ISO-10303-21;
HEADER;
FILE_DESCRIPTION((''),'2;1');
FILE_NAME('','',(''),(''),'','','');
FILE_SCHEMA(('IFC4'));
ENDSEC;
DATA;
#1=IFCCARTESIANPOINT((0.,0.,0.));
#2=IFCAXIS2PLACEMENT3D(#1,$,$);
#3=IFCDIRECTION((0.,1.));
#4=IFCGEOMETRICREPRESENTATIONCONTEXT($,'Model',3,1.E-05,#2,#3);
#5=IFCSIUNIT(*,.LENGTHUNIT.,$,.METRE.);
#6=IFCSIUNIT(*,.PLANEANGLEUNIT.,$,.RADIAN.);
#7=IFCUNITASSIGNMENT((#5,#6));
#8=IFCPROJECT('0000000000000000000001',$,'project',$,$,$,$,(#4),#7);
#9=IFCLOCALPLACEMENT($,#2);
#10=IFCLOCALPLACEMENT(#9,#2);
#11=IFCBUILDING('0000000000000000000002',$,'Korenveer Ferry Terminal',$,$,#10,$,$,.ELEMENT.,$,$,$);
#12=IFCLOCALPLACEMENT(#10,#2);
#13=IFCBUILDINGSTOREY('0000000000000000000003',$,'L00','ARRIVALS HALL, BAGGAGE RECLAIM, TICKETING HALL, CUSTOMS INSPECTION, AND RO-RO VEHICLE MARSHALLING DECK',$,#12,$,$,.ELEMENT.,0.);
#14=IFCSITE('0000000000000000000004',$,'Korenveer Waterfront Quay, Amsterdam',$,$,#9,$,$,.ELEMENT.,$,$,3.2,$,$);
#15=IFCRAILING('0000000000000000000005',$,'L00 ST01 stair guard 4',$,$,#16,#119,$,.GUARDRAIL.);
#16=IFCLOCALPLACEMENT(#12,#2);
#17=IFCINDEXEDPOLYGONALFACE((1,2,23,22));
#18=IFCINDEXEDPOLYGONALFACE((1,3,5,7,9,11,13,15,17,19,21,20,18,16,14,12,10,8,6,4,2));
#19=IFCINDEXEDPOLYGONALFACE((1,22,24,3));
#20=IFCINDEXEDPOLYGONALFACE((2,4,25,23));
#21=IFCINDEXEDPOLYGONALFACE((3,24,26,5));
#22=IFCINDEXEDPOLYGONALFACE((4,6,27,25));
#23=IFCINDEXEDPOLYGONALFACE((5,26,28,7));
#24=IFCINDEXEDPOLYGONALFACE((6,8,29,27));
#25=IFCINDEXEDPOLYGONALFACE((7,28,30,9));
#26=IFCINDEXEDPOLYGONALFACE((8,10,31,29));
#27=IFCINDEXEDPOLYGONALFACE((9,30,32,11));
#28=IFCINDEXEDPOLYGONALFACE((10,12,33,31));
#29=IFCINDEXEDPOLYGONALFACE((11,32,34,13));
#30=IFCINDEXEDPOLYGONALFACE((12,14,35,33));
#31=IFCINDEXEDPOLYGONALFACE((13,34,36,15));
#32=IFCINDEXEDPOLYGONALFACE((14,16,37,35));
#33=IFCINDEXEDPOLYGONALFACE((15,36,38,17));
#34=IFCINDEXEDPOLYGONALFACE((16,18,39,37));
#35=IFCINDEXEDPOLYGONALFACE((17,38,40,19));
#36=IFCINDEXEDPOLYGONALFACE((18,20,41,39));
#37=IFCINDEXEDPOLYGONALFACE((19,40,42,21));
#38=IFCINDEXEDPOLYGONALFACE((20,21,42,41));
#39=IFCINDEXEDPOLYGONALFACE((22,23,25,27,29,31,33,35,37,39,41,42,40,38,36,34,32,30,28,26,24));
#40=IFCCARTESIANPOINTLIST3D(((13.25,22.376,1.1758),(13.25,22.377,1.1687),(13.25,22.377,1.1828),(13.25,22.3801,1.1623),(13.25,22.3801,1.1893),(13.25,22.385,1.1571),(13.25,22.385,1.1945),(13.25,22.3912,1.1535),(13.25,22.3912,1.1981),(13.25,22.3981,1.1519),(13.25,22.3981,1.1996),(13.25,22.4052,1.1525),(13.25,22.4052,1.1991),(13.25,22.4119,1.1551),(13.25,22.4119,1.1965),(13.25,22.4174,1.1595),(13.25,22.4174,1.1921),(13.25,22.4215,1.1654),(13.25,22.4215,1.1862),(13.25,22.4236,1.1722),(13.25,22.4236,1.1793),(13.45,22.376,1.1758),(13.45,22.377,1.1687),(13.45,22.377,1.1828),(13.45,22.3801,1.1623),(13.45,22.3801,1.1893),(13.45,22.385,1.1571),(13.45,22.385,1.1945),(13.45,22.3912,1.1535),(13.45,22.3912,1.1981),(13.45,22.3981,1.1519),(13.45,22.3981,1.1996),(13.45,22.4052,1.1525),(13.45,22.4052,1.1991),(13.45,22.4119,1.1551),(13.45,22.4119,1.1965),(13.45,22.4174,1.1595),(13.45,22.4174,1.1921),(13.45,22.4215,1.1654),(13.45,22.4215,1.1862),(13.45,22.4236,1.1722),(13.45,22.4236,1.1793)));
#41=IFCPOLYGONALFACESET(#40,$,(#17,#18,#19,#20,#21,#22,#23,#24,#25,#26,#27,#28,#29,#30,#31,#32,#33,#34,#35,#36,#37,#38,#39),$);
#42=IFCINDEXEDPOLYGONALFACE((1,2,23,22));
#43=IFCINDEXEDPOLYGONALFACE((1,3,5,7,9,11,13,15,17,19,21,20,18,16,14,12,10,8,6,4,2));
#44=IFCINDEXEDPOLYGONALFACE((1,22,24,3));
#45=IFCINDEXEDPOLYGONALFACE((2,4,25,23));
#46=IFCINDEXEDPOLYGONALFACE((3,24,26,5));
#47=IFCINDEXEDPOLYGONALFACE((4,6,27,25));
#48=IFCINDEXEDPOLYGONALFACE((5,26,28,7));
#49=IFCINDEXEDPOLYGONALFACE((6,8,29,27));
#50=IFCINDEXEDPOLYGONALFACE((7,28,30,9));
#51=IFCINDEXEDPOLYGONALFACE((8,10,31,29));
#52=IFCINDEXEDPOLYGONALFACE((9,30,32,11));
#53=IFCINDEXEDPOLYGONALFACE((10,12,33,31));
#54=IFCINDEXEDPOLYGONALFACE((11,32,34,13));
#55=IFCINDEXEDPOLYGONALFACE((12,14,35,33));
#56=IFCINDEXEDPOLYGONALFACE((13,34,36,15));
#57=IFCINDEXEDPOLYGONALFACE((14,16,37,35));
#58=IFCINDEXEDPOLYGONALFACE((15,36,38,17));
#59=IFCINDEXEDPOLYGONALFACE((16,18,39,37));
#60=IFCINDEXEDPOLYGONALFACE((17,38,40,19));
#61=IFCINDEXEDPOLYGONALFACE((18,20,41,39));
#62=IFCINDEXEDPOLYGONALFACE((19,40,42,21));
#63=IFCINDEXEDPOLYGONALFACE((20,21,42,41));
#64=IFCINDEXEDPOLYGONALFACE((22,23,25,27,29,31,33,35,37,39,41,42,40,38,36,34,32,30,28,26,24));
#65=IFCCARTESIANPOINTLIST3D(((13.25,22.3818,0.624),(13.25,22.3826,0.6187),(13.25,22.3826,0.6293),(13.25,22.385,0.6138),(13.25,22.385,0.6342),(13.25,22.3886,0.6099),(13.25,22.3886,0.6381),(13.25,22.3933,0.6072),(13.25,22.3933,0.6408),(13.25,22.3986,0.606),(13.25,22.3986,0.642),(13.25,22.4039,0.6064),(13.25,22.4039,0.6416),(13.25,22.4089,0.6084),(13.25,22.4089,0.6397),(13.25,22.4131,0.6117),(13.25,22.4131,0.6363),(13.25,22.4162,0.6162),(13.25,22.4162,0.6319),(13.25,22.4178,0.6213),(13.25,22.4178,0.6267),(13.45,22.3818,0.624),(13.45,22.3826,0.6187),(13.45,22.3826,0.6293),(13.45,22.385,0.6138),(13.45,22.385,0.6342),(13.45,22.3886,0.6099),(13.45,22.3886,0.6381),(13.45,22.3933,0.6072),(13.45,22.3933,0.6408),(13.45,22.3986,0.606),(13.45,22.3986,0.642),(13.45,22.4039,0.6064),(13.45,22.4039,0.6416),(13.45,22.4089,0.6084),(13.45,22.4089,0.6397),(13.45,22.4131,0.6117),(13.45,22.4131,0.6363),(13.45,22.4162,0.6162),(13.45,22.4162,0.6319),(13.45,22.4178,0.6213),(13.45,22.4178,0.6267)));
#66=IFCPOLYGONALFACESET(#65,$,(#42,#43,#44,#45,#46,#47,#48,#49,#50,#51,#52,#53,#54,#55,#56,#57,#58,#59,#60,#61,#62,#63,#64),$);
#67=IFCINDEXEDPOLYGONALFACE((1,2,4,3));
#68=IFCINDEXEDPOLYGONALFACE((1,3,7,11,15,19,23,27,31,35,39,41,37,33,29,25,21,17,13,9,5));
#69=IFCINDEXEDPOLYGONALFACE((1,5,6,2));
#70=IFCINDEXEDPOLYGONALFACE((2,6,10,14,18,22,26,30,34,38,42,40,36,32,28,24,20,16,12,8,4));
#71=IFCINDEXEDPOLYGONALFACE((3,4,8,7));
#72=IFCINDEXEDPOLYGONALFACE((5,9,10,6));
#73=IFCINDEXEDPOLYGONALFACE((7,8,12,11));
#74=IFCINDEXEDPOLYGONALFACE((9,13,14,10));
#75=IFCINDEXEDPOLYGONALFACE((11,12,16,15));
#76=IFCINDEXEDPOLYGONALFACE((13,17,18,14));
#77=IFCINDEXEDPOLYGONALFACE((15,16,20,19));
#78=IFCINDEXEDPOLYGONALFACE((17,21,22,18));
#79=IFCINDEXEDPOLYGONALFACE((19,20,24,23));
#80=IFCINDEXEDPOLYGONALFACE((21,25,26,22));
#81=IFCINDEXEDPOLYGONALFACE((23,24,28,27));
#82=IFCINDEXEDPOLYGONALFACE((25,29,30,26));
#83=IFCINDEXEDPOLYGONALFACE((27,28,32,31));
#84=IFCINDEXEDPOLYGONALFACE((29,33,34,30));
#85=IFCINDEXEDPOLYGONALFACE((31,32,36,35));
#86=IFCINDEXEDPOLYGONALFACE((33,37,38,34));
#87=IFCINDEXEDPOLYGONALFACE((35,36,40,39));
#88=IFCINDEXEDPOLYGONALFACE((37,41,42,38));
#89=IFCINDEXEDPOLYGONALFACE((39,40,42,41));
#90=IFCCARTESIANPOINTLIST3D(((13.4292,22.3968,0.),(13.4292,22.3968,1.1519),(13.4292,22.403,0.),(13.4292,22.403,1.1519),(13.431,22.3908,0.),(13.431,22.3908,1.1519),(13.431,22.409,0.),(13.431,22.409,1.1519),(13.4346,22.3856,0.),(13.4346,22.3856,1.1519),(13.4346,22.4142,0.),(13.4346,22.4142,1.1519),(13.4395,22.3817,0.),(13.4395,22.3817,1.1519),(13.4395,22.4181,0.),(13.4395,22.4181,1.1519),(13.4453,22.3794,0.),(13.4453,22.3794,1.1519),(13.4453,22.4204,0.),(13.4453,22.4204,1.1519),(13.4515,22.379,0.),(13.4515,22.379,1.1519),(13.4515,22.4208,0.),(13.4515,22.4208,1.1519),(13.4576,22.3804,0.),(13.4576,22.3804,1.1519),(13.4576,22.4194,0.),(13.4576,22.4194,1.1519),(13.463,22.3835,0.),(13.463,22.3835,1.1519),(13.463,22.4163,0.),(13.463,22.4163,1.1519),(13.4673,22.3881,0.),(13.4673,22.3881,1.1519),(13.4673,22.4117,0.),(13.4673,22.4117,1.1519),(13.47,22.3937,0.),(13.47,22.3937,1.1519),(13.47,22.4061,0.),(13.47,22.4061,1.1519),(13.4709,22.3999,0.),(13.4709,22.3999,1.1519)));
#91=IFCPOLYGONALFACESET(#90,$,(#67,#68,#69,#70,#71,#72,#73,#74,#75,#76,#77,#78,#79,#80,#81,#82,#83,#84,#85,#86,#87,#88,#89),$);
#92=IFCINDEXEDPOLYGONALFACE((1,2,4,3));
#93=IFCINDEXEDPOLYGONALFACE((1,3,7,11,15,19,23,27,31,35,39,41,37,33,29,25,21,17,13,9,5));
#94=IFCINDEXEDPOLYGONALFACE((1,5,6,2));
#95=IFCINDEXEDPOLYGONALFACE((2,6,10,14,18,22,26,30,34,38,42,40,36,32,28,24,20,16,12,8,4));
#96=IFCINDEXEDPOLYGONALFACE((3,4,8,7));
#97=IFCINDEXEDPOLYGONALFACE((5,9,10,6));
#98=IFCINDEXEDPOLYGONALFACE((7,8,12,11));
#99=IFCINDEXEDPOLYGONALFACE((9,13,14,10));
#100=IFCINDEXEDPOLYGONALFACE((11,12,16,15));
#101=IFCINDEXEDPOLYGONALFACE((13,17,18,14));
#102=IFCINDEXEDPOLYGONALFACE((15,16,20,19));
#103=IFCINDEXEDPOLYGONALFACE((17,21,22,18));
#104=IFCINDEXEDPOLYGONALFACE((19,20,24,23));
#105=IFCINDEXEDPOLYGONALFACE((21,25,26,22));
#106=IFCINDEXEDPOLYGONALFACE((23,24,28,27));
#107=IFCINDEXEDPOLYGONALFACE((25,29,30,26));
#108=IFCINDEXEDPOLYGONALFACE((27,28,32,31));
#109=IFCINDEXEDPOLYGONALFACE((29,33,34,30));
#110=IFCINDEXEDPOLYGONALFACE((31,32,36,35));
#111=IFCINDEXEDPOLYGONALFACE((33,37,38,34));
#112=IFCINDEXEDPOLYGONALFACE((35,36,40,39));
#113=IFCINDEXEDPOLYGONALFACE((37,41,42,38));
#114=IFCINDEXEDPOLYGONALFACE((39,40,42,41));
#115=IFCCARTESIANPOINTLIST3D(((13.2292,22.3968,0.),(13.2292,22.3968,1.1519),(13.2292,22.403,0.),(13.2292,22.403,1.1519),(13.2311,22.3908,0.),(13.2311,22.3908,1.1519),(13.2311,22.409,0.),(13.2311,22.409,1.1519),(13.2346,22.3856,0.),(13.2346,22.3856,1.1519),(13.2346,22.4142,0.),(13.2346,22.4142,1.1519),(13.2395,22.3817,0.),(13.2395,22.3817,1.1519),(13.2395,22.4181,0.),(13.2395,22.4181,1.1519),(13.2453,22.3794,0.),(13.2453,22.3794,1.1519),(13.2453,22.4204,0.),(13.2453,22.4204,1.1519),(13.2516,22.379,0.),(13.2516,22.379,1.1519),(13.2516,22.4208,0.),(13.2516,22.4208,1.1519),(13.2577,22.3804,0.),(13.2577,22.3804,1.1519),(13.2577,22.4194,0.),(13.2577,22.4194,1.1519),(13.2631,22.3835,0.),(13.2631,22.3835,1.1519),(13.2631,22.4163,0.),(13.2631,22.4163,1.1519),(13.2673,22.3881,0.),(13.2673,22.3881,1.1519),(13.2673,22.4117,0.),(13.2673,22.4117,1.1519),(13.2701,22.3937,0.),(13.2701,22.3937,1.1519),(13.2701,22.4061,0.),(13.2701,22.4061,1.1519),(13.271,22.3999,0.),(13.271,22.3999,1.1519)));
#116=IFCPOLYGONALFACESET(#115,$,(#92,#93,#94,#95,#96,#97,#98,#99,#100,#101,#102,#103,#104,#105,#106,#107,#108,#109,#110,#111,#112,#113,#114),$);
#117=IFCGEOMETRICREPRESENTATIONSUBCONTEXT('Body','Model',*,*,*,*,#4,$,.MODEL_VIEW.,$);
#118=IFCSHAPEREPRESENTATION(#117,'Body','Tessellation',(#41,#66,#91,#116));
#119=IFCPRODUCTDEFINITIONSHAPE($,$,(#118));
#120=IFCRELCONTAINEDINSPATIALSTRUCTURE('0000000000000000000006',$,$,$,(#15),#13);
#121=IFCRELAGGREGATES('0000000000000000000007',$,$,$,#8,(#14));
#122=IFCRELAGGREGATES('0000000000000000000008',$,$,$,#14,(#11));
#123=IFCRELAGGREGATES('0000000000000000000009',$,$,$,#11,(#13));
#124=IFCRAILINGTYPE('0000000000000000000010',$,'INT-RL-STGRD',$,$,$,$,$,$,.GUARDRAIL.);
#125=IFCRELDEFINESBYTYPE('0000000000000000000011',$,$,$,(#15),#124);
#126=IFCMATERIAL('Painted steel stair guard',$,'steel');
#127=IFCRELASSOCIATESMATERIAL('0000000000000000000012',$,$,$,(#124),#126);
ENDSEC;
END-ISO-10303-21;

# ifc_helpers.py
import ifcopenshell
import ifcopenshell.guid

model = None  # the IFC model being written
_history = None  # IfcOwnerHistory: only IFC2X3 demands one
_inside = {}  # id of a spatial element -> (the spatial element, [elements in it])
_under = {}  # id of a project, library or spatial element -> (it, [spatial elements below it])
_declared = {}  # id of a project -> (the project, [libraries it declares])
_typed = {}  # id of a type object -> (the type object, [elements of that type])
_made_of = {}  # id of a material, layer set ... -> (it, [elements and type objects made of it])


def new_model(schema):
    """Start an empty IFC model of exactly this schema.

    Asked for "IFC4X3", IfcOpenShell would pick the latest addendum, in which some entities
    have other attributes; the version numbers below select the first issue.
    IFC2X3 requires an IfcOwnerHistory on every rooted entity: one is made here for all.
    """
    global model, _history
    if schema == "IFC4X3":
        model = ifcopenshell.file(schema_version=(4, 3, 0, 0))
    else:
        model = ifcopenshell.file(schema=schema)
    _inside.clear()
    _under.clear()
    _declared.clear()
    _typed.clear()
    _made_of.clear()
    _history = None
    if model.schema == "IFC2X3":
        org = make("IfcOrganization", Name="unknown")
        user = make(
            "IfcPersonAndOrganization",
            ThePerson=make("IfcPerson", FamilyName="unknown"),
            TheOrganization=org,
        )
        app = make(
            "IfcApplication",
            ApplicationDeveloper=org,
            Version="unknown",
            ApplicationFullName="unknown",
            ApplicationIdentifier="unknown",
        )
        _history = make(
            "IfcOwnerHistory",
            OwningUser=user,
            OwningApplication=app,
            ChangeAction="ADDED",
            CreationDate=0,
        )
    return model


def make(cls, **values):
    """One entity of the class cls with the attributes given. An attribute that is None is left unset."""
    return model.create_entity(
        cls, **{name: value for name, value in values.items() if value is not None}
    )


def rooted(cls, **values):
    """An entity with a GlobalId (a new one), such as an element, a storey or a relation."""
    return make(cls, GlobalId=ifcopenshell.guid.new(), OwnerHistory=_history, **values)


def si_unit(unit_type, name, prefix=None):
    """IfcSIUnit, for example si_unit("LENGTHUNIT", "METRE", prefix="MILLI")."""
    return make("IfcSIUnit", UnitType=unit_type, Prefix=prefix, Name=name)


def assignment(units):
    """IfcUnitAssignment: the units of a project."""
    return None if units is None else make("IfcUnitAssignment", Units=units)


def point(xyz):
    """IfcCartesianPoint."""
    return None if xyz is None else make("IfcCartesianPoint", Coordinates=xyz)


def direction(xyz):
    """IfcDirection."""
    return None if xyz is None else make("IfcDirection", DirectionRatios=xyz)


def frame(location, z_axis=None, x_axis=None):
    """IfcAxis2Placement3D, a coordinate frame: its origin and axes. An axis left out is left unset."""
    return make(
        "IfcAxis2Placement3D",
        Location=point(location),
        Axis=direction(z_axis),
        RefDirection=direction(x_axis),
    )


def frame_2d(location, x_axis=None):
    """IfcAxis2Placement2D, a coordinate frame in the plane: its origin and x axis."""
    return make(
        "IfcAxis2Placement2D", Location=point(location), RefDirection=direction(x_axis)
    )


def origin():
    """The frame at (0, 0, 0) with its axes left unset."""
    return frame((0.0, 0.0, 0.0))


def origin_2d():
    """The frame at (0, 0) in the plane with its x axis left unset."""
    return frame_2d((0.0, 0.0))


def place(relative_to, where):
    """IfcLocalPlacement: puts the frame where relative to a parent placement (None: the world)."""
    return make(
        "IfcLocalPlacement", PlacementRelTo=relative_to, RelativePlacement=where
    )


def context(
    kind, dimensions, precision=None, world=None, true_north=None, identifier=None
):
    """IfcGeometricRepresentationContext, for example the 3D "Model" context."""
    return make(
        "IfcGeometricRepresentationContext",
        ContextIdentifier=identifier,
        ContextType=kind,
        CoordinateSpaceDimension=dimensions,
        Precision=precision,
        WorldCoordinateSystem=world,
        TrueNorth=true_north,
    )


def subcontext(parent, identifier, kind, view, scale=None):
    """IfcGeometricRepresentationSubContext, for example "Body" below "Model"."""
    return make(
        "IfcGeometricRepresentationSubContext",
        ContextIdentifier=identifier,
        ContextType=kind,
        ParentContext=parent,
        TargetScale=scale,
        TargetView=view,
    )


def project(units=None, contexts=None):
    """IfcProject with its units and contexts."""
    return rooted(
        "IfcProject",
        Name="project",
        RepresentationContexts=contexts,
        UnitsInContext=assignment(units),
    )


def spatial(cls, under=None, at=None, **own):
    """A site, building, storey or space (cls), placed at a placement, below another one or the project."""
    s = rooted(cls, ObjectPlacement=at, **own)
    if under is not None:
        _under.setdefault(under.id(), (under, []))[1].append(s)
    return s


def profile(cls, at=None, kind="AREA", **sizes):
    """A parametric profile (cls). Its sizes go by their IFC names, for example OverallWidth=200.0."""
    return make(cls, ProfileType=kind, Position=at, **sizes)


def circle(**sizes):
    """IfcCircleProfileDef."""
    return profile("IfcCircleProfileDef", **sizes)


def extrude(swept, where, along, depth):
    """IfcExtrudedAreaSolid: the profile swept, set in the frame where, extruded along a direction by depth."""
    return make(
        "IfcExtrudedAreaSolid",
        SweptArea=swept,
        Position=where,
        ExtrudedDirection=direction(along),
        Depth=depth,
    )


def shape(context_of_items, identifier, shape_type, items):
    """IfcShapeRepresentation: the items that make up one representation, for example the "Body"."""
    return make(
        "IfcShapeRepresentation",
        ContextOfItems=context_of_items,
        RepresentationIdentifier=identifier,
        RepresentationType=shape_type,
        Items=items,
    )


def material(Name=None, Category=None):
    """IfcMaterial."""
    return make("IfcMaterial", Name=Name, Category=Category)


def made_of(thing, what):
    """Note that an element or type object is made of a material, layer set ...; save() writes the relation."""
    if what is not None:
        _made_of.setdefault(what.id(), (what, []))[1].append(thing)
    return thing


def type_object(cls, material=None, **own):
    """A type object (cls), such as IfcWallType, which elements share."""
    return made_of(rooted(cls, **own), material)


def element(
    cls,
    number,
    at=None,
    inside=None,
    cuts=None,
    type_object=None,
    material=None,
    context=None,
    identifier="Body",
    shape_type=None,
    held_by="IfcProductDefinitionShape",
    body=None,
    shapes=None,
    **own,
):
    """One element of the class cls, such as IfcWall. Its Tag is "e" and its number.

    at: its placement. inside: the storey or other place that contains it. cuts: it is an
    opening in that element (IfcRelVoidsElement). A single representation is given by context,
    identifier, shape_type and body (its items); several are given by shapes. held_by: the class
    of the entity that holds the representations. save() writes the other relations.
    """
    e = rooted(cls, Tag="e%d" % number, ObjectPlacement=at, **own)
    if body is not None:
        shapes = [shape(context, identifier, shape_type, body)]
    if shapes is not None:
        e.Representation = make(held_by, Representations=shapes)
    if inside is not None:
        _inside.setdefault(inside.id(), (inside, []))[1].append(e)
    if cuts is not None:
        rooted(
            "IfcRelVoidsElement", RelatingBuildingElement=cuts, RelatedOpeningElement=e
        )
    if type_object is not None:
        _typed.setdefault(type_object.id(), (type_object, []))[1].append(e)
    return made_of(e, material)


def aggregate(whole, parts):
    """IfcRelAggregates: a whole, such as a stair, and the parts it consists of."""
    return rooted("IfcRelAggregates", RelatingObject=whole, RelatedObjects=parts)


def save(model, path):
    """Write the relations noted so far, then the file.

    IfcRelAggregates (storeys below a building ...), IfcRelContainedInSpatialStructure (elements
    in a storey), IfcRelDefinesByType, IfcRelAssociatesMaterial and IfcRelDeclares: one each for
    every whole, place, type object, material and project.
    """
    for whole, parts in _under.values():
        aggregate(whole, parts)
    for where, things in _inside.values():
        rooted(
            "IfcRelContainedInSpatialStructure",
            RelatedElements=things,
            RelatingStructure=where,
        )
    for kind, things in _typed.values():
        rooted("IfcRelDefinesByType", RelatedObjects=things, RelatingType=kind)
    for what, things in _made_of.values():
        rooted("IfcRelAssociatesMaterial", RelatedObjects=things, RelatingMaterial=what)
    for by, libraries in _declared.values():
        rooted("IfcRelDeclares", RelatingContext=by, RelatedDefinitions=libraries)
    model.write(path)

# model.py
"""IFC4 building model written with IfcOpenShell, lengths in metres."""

from ifc_helpers import new_model, si_unit, direction, frame, origin, origin_2d, place, context, subcontext, project, spatial, circle, extrude, material, type_object, element, save


model = new_model("IFC4")

# Units and contexts
model_context = context("Model", 3, precision=1e-05, world=origin(), true_north=direction((0.0, 1.0)))
body_context = subcontext(model_context, "Body", "Model", "MODEL_VIEW")
ifc_project = project(units=[si_unit("LENGTHUNIT", "METRE"), si_unit("PLANEANGLEUNIT", "RADIAN")], contexts=[model_context])

# Site, building, storey
site_placement = place(None, origin())
site = spatial("IfcSite", under=ifc_project, at=site_placement, Name="Korenveer Waterfront Quay, Amsterdam", CompositionType="ELEMENT", RefElevation=3.2)
building_placement = place(site_placement, origin())
building = spatial("IfcBuilding", under=site, at=building_placement, Name="Korenveer Ferry Terminal", CompositionType="ELEMENT")
storey_placement = place(building_placement, origin())
storey = spatial("IfcBuildingStorey", under=building, at=storey_placement, Name="L00", Description="ARRIVALS HALL, BAGGAGE RECLAIM, TICKETING HALL, CUSTOMS INSPECTION, AND RO-RO VEHICLE MARSHALLING DECK", CompositionType="ELEMENT", Elevation=0.0)

# Railing
ifc_material_1 = material(Name="Painted steel stair guard", Category="steel")
railing_type_1 = type_object("IfcRailingType", Name="INT-RL-STGRD", PredefinedType="GUARDRAIL", material=ifc_material_1)
railing_1_placement = place(storey_placement, frame((13.45, 22.3999, 0.0)))
element("IfcRailing", 1, at=railing_1_placement, inside=storey, type_object=railing_type_1, Name="L00 ST01 stair guard 4", PredefinedType="GUARDRAIL", context=body_context, shape_type="SweptSolid", body=[
    extrude(circle(Radius=0.0239, at=origin_2d()), frame((0.0, 0.0, 1.1758), z_axis=(-1.0, 0.0, 0.0), x_axis=(0.0, -1.0, 0.0)), (0.0, 0.0, 1.0), 0.2),
    extrude(circle(Radius=0.0181, at=origin_2d()), frame((0.0, 0.0, 0.624), z_axis=(-1.0, 0.0, 0.0), x_axis=(0.0, -1.0, 0.0)), (0.0, 0.0, 1.0), 0.2),
    extrude(circle(Radius=0.021, at=origin_2d()), origin(), (0.0, 0.0, 1.0), 1.1519),
    extrude(circle(Radius=0.021, at=origin_2d()), frame((-0.2, 0.0, 0.0)), (0.0, 0.0, 1.0), 1.1519),
])

save(model, "model.ifc")
